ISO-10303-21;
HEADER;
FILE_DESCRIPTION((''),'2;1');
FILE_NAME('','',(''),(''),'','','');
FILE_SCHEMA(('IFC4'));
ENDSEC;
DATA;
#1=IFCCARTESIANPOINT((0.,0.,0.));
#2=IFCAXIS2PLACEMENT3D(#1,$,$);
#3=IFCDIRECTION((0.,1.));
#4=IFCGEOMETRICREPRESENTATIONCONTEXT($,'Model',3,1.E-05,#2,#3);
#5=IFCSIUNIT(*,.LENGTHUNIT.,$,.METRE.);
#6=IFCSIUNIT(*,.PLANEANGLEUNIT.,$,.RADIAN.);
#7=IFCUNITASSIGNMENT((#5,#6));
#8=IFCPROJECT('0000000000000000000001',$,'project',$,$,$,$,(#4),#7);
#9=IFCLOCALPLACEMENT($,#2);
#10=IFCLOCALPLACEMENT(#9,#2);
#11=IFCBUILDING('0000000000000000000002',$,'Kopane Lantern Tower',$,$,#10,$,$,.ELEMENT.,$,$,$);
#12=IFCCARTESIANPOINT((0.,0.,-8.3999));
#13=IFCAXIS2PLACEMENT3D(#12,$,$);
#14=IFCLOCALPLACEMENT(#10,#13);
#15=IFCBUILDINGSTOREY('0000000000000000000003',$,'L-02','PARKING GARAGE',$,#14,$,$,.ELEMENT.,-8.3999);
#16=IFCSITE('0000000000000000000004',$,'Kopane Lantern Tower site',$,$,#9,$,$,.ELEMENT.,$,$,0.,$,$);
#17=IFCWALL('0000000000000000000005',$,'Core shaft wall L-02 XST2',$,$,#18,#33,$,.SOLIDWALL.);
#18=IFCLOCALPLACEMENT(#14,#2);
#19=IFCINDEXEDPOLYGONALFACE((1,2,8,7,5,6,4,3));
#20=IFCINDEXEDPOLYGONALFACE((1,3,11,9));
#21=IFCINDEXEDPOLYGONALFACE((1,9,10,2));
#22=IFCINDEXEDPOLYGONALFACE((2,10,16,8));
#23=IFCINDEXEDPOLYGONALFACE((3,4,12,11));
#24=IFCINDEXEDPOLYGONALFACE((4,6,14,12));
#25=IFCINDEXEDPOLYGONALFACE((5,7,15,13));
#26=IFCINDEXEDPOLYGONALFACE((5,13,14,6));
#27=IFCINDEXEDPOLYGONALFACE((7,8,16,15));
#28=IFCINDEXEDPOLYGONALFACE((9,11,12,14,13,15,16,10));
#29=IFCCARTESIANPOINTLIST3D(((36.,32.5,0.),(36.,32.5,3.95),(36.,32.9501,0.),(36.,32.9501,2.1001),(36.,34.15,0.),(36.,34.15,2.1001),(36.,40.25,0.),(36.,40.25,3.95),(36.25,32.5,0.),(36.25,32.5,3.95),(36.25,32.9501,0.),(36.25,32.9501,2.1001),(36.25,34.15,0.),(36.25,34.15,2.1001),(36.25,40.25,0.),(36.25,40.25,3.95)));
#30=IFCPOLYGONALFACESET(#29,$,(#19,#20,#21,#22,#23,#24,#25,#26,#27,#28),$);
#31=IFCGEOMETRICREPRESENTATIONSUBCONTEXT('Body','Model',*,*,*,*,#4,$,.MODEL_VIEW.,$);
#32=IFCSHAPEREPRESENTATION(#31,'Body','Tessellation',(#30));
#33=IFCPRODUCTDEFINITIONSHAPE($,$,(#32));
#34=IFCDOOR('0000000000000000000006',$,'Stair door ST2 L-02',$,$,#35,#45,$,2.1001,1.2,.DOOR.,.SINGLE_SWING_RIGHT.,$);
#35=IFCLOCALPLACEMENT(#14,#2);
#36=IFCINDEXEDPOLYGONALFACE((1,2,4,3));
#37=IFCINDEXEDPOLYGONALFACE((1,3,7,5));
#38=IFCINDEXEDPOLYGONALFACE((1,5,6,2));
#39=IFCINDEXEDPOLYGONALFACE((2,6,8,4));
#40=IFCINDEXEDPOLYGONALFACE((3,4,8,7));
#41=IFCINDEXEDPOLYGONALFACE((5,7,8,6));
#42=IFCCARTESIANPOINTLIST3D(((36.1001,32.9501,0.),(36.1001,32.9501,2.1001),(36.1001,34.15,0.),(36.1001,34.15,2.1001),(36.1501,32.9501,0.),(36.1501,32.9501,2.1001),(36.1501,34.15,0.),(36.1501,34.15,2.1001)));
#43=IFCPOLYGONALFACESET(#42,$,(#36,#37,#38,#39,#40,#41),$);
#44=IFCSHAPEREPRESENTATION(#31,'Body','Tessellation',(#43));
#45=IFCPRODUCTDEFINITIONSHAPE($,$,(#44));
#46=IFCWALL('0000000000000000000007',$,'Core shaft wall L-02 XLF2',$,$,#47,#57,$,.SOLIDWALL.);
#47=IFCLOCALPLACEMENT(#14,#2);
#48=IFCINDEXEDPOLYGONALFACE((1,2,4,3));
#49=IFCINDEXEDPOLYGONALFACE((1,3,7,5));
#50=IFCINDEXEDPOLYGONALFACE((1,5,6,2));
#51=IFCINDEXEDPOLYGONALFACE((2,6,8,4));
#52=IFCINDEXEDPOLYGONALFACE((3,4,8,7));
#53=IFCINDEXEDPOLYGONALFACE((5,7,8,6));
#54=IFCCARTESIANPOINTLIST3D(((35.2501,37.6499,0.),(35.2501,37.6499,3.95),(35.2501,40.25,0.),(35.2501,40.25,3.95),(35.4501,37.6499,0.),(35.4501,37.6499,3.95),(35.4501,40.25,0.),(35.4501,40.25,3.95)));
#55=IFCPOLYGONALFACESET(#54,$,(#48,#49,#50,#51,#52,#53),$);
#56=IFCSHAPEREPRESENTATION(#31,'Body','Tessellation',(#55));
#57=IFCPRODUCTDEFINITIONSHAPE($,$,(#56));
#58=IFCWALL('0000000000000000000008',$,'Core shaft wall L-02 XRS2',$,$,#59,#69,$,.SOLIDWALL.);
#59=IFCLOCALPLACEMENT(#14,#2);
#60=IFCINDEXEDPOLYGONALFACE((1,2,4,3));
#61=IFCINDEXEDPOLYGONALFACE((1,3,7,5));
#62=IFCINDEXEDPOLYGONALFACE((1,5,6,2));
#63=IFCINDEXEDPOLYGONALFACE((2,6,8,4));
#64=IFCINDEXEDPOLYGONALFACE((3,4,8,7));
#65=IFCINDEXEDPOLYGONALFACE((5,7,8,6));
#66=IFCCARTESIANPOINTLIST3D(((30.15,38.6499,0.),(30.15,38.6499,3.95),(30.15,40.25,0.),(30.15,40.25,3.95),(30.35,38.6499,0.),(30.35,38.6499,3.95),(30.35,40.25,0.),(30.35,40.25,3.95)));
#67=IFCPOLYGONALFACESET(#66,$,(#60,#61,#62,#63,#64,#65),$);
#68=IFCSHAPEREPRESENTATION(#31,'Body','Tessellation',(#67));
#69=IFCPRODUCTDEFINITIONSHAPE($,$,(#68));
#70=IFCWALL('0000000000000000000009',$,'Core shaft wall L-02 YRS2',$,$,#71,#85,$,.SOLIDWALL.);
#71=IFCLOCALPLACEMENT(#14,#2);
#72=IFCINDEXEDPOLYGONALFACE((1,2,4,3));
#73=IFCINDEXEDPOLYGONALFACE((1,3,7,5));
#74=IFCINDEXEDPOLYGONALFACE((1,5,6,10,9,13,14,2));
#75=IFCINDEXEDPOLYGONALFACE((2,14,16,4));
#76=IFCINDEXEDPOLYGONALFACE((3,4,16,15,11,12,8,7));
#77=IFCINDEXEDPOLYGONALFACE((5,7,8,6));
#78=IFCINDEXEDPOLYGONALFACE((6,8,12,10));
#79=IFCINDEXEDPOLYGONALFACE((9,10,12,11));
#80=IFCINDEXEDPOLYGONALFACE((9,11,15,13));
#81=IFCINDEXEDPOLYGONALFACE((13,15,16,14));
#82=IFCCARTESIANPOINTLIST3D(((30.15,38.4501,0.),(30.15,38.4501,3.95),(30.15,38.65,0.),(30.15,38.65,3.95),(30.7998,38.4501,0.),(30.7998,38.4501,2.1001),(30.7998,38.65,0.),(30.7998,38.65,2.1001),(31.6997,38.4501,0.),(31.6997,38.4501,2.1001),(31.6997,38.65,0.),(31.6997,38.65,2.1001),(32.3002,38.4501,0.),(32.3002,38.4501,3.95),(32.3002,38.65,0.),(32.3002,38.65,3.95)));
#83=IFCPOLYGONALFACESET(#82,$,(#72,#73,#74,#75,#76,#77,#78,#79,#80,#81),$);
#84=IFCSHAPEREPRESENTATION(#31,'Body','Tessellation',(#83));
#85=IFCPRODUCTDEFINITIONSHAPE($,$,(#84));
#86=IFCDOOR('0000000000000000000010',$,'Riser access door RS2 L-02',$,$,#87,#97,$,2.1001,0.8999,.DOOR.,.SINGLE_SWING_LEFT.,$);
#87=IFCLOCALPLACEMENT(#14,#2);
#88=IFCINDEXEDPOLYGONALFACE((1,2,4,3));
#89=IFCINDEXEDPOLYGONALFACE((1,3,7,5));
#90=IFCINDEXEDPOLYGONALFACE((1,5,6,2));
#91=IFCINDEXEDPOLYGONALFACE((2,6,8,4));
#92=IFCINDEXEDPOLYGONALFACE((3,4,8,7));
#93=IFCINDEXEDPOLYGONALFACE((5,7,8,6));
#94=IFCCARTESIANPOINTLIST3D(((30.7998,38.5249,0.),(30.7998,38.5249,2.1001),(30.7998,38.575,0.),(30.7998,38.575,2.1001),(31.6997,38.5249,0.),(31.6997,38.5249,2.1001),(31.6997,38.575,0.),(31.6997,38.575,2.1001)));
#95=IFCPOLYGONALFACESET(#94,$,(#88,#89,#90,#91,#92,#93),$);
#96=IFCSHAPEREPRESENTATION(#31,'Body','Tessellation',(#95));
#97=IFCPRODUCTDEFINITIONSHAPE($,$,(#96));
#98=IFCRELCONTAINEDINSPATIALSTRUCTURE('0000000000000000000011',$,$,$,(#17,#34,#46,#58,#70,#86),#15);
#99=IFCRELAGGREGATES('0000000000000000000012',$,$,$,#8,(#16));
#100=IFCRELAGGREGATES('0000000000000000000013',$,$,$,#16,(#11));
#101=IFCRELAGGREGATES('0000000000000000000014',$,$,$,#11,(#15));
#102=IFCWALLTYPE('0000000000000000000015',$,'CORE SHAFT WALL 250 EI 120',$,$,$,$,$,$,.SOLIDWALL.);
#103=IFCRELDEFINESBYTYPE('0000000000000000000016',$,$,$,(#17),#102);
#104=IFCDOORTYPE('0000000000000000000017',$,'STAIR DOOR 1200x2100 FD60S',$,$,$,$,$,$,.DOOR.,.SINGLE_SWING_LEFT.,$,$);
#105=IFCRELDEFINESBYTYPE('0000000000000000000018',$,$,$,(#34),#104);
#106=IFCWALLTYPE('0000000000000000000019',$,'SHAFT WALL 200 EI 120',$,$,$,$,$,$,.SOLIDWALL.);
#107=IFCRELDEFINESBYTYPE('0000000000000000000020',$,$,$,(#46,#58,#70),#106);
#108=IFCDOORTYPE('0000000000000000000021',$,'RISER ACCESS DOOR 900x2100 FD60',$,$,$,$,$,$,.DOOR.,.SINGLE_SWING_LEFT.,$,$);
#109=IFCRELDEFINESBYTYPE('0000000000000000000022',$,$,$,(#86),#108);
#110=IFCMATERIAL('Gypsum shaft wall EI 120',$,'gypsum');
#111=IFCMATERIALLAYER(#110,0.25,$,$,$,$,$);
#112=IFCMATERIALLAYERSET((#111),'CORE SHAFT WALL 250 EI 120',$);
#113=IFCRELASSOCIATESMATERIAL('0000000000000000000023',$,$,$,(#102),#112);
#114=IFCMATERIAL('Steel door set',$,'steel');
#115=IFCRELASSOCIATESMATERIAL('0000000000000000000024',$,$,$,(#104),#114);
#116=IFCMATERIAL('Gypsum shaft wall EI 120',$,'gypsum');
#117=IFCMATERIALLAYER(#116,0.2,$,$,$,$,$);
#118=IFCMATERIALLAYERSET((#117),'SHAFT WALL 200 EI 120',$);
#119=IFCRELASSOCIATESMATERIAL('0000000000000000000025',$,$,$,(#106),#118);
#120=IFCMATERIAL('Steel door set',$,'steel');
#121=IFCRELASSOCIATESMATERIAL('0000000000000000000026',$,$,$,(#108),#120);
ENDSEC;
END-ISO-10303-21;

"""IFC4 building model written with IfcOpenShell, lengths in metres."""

from ifc_helpers import new_model, si_unit, direction, frame, frame_2d, origin, place, context, subcontext, project, spatial, rectangle, extrude, material, layer, layer_set, type_object, element, fill, save


model = new_model("IFC4")

# Units and contexts
model_context = context("Model", 3, precision=1e-05, world=origin(), true_north=direction((0.0, 1.0)))
body_context = subcontext(model_context, "Body", "Model", "MODEL_VIEW")
ifc_project = project(units=[si_unit("LENGTHUNIT", "METRE"), si_unit("PLANEANGLEUNIT", "RADIAN")], contexts=[model_context])

# Site, building, storey
site_placement = place(None, origin())
site = spatial("IfcSite", under=ifc_project, at=site_placement, Name="Kopane Lantern Tower site", CompositionType="ELEMENT", RefElevation=0.0)
building_placement = place(site_placement, origin())
building = spatial("IfcBuilding", under=site, at=building_placement, Name="Kopane Lantern Tower", CompositionType="ELEMENT")
storey_placement = place(building_placement, frame((0.0, 0.0, -8.3999)))
storey = spatial("IfcBuildingStorey", under=building, at=storey_placement, Name="L-02", Description="PARKING GARAGE", CompositionType="ELEMENT", Elevation=-8.3999)

# Wall, opening, door
ifc_material_1 = material(Name="Gypsum shaft wall EI 120", Category="gypsum")
ifc_layer_1 = layer(ifc_material_1, 0.25)
ifc_layer_set_1 = layer_set([ifc_layer_1], Name="CORE SHAFT WALL 250 EI 120")
wall_type_1 = type_object("IfcWallType", Name="CORE SHAFT WALL 250 EI 120", PredefinedType="SOLIDWALL", material=ifc_layer_set_1)
wall_1_placement = place(storey_placement, frame((36.125, 32.5, 0.0), z_axis=(0.0, 0.0, 1.0), x_axis=(0.0, 1.0, 0.0)))
wall_1 = element("IfcWall", 1, at=wall_1_placement, inside=storey, type_object=wall_type_1, Name="Core shaft wall L-02 XST2", PredefinedType="SOLIDWALL", context=body_context, shape_type="SweptSolid", body=[
    extrude(rectangle(XDim=7.75, YDim=0.25, at=frame_2d((3.875, 0.0))), origin(), (0.0, 0.0, 1.0), 3.95),
])
opening_1_placement = place(wall_1_placement, frame((0.45, 0.0, 0.0)))
opening_1 = element("IfcOpeningElement", 2, at=opening_1_placement, cuts=wall_1, PredefinedType="OPENING", context=body_context, shape_type="SweptSolid", body=[
    extrude(rectangle(XDim=1.2, YDim=2.1001, at=frame_2d((0.6001, 1.05))), frame((0.0, 0.135, 0.0), z_axis=(0.0, -1.0, 0.0), x_axis=(1.0, 0.0, 0.0)), (0.0, 0.0, 1.0), 0.27),
])
ifc_material_2 = material(Name="Steel door set", Category="steel")
door_type_1 = type_object("IfcDoorType", Name="STAIR DOOR 1200x2100 FD60S", OperationType="SINGLE_SWING_LEFT", PredefinedType="DOOR", material=ifc_material_2)
door_1_placement = place(opening_1_placement, origin())
door_1 = element("IfcDoor", 3, at=door_1_placement, inside=storey, type_object=door_type_1, Name="Stair door ST2 L-02", OperationType="SINGLE_SWING_RIGHT", OverallHeight=2.1001, OverallWidth=1.2, PredefinedType="DOOR", context=body_context, shape_type="SweptSolid", body=[
    extrude(rectangle(XDim=1.2, YDim=2.1001, at=frame_2d((0.6001, 1.05))), frame((0.0, 0.0249, 0.0), z_axis=(0.0, -1.0, 0.0), x_axis=(1.0, 0.0, 0.0)), (0.0, 0.0, 1.0), 0.05),
])
fill(opening_1, door_1)

# Walls
ifc_material_3 = material(Name="Gypsum shaft wall EI 120", Category="gypsum")
ifc_layer_2 = layer(ifc_material_3, 0.2)
ifc_layer_set_2 = layer_set([ifc_layer_2], Name="SHAFT WALL 200 EI 120")
wall_type_2 = type_object("IfcWallType", Name="SHAFT WALL 200 EI 120", PredefinedType="SOLIDWALL", material=ifc_layer_set_2)
wall_2_placement = place(storey_placement, frame((35.3501, 37.6499, 0.0), z_axis=(0.0, 0.0, 1.0), x_axis=(0.0, 1.0, 0.0)))
element("IfcWall", 4, at=wall_2_placement, inside=storey, type_object=wall_type_2, Name="Core shaft wall L-02 XLF2", PredefinedType="SOLIDWALL", context=body_context, shape_type="SweptSolid", body=[
    extrude(rectangle(XDim=2.6001, YDim=0.2, at=frame_2d((1.3, 0.0))), origin(), (0.0, 0.0, 1.0), 3.95),
])
wall_3_placement = place(storey_placement, frame((30.25, 38.6499, 0.0), z_axis=(0.0, 0.0, 1.0), x_axis=(0.0, 1.0, 0.0)))
element("IfcWall", 5, at=wall_3_placement, inside=storey, type_object=wall_type_2, Name="Core shaft wall L-02 XRS2", PredefinedType="SOLIDWALL", context=body_context, shape_type="SweptSolid", body=[
    extrude(rectangle(XDim=1.6001, YDim=0.2, at=frame_2d((0.8, 0.0))), origin(), (0.0, 0.0, 1.0), 3.95),
])

# Wall, opening, door
wall_4_placement = place(storey_placement, frame((30.1499, 38.55, 0.0), z_axis=(0.0, 0.0, 1.0), x_axis=(1.0, 0.0, 0.0)))
wall_4 = element("IfcWall", 6, at=wall_4_placement, inside=storey, type_object=wall_type_2, Name="Core shaft wall L-02 YRS2", PredefinedType="SOLIDWALL", context=body_context, shape_type="SweptSolid", body=[
    extrude(rectangle(XDim=2.1501, YDim=0.2, at=frame_2d((1.0752, 0.0))), origin(), (0.0, 0.0, 1.0), 3.95),
])
opening_2_placement = place(wall_4_placement, frame((0.6499, 0.0, 0.0)))
opening_2 = element("IfcOpeningElement", 7, at=opening_2_placement, cuts=wall_4, PredefinedType="OPENING", context=body_context, shape_type="SweptSolid", body=[
    extrude(rectangle(XDim=0.8999, YDim=2.1001, at=frame_2d((0.45, 1.05))), frame((0.0, 0.1099, 0.0), z_axis=(0.0, -1.0, 0.0), x_axis=(1.0, 0.0, 0.0)), (0.0, 0.0, 1.0), 0.22),
])
ifc_material_4 = material(Name="Steel door set", Category="steel")
door_type_2 = type_object("IfcDoorType", Name="RISER ACCESS DOOR 900x2100 FD60", OperationType="SINGLE_SWING_LEFT", PredefinedType="DOOR", material=ifc_material_4)
door_2_placement = place(opening_2_placement, origin())
door_2 = element("IfcDoor", 8, at=door_2_placement, inside=storey, type_object=door_type_2, Name="Riser access door RS2 L-02", OperationType="SINGLE_SWING_LEFT", OverallHeight=2.1001, OverallWidth=0.8999, PredefinedType="DOOR", context=body_context, shape_type="SweptSolid", body=[
    extrude(rectangle(XDim=0.8999, YDim=2.1001, at=frame_2d((0.45, 1.05))), frame((0.0, 0.0249, 0.0), z_axis=(0.0, -1.0, 0.0), x_axis=(1.0, 0.0, 0.0)), (0.0, 0.0, 1.0), 0.05),
])
fill(opening_2, door_2)

save(model, "model.ifc")
